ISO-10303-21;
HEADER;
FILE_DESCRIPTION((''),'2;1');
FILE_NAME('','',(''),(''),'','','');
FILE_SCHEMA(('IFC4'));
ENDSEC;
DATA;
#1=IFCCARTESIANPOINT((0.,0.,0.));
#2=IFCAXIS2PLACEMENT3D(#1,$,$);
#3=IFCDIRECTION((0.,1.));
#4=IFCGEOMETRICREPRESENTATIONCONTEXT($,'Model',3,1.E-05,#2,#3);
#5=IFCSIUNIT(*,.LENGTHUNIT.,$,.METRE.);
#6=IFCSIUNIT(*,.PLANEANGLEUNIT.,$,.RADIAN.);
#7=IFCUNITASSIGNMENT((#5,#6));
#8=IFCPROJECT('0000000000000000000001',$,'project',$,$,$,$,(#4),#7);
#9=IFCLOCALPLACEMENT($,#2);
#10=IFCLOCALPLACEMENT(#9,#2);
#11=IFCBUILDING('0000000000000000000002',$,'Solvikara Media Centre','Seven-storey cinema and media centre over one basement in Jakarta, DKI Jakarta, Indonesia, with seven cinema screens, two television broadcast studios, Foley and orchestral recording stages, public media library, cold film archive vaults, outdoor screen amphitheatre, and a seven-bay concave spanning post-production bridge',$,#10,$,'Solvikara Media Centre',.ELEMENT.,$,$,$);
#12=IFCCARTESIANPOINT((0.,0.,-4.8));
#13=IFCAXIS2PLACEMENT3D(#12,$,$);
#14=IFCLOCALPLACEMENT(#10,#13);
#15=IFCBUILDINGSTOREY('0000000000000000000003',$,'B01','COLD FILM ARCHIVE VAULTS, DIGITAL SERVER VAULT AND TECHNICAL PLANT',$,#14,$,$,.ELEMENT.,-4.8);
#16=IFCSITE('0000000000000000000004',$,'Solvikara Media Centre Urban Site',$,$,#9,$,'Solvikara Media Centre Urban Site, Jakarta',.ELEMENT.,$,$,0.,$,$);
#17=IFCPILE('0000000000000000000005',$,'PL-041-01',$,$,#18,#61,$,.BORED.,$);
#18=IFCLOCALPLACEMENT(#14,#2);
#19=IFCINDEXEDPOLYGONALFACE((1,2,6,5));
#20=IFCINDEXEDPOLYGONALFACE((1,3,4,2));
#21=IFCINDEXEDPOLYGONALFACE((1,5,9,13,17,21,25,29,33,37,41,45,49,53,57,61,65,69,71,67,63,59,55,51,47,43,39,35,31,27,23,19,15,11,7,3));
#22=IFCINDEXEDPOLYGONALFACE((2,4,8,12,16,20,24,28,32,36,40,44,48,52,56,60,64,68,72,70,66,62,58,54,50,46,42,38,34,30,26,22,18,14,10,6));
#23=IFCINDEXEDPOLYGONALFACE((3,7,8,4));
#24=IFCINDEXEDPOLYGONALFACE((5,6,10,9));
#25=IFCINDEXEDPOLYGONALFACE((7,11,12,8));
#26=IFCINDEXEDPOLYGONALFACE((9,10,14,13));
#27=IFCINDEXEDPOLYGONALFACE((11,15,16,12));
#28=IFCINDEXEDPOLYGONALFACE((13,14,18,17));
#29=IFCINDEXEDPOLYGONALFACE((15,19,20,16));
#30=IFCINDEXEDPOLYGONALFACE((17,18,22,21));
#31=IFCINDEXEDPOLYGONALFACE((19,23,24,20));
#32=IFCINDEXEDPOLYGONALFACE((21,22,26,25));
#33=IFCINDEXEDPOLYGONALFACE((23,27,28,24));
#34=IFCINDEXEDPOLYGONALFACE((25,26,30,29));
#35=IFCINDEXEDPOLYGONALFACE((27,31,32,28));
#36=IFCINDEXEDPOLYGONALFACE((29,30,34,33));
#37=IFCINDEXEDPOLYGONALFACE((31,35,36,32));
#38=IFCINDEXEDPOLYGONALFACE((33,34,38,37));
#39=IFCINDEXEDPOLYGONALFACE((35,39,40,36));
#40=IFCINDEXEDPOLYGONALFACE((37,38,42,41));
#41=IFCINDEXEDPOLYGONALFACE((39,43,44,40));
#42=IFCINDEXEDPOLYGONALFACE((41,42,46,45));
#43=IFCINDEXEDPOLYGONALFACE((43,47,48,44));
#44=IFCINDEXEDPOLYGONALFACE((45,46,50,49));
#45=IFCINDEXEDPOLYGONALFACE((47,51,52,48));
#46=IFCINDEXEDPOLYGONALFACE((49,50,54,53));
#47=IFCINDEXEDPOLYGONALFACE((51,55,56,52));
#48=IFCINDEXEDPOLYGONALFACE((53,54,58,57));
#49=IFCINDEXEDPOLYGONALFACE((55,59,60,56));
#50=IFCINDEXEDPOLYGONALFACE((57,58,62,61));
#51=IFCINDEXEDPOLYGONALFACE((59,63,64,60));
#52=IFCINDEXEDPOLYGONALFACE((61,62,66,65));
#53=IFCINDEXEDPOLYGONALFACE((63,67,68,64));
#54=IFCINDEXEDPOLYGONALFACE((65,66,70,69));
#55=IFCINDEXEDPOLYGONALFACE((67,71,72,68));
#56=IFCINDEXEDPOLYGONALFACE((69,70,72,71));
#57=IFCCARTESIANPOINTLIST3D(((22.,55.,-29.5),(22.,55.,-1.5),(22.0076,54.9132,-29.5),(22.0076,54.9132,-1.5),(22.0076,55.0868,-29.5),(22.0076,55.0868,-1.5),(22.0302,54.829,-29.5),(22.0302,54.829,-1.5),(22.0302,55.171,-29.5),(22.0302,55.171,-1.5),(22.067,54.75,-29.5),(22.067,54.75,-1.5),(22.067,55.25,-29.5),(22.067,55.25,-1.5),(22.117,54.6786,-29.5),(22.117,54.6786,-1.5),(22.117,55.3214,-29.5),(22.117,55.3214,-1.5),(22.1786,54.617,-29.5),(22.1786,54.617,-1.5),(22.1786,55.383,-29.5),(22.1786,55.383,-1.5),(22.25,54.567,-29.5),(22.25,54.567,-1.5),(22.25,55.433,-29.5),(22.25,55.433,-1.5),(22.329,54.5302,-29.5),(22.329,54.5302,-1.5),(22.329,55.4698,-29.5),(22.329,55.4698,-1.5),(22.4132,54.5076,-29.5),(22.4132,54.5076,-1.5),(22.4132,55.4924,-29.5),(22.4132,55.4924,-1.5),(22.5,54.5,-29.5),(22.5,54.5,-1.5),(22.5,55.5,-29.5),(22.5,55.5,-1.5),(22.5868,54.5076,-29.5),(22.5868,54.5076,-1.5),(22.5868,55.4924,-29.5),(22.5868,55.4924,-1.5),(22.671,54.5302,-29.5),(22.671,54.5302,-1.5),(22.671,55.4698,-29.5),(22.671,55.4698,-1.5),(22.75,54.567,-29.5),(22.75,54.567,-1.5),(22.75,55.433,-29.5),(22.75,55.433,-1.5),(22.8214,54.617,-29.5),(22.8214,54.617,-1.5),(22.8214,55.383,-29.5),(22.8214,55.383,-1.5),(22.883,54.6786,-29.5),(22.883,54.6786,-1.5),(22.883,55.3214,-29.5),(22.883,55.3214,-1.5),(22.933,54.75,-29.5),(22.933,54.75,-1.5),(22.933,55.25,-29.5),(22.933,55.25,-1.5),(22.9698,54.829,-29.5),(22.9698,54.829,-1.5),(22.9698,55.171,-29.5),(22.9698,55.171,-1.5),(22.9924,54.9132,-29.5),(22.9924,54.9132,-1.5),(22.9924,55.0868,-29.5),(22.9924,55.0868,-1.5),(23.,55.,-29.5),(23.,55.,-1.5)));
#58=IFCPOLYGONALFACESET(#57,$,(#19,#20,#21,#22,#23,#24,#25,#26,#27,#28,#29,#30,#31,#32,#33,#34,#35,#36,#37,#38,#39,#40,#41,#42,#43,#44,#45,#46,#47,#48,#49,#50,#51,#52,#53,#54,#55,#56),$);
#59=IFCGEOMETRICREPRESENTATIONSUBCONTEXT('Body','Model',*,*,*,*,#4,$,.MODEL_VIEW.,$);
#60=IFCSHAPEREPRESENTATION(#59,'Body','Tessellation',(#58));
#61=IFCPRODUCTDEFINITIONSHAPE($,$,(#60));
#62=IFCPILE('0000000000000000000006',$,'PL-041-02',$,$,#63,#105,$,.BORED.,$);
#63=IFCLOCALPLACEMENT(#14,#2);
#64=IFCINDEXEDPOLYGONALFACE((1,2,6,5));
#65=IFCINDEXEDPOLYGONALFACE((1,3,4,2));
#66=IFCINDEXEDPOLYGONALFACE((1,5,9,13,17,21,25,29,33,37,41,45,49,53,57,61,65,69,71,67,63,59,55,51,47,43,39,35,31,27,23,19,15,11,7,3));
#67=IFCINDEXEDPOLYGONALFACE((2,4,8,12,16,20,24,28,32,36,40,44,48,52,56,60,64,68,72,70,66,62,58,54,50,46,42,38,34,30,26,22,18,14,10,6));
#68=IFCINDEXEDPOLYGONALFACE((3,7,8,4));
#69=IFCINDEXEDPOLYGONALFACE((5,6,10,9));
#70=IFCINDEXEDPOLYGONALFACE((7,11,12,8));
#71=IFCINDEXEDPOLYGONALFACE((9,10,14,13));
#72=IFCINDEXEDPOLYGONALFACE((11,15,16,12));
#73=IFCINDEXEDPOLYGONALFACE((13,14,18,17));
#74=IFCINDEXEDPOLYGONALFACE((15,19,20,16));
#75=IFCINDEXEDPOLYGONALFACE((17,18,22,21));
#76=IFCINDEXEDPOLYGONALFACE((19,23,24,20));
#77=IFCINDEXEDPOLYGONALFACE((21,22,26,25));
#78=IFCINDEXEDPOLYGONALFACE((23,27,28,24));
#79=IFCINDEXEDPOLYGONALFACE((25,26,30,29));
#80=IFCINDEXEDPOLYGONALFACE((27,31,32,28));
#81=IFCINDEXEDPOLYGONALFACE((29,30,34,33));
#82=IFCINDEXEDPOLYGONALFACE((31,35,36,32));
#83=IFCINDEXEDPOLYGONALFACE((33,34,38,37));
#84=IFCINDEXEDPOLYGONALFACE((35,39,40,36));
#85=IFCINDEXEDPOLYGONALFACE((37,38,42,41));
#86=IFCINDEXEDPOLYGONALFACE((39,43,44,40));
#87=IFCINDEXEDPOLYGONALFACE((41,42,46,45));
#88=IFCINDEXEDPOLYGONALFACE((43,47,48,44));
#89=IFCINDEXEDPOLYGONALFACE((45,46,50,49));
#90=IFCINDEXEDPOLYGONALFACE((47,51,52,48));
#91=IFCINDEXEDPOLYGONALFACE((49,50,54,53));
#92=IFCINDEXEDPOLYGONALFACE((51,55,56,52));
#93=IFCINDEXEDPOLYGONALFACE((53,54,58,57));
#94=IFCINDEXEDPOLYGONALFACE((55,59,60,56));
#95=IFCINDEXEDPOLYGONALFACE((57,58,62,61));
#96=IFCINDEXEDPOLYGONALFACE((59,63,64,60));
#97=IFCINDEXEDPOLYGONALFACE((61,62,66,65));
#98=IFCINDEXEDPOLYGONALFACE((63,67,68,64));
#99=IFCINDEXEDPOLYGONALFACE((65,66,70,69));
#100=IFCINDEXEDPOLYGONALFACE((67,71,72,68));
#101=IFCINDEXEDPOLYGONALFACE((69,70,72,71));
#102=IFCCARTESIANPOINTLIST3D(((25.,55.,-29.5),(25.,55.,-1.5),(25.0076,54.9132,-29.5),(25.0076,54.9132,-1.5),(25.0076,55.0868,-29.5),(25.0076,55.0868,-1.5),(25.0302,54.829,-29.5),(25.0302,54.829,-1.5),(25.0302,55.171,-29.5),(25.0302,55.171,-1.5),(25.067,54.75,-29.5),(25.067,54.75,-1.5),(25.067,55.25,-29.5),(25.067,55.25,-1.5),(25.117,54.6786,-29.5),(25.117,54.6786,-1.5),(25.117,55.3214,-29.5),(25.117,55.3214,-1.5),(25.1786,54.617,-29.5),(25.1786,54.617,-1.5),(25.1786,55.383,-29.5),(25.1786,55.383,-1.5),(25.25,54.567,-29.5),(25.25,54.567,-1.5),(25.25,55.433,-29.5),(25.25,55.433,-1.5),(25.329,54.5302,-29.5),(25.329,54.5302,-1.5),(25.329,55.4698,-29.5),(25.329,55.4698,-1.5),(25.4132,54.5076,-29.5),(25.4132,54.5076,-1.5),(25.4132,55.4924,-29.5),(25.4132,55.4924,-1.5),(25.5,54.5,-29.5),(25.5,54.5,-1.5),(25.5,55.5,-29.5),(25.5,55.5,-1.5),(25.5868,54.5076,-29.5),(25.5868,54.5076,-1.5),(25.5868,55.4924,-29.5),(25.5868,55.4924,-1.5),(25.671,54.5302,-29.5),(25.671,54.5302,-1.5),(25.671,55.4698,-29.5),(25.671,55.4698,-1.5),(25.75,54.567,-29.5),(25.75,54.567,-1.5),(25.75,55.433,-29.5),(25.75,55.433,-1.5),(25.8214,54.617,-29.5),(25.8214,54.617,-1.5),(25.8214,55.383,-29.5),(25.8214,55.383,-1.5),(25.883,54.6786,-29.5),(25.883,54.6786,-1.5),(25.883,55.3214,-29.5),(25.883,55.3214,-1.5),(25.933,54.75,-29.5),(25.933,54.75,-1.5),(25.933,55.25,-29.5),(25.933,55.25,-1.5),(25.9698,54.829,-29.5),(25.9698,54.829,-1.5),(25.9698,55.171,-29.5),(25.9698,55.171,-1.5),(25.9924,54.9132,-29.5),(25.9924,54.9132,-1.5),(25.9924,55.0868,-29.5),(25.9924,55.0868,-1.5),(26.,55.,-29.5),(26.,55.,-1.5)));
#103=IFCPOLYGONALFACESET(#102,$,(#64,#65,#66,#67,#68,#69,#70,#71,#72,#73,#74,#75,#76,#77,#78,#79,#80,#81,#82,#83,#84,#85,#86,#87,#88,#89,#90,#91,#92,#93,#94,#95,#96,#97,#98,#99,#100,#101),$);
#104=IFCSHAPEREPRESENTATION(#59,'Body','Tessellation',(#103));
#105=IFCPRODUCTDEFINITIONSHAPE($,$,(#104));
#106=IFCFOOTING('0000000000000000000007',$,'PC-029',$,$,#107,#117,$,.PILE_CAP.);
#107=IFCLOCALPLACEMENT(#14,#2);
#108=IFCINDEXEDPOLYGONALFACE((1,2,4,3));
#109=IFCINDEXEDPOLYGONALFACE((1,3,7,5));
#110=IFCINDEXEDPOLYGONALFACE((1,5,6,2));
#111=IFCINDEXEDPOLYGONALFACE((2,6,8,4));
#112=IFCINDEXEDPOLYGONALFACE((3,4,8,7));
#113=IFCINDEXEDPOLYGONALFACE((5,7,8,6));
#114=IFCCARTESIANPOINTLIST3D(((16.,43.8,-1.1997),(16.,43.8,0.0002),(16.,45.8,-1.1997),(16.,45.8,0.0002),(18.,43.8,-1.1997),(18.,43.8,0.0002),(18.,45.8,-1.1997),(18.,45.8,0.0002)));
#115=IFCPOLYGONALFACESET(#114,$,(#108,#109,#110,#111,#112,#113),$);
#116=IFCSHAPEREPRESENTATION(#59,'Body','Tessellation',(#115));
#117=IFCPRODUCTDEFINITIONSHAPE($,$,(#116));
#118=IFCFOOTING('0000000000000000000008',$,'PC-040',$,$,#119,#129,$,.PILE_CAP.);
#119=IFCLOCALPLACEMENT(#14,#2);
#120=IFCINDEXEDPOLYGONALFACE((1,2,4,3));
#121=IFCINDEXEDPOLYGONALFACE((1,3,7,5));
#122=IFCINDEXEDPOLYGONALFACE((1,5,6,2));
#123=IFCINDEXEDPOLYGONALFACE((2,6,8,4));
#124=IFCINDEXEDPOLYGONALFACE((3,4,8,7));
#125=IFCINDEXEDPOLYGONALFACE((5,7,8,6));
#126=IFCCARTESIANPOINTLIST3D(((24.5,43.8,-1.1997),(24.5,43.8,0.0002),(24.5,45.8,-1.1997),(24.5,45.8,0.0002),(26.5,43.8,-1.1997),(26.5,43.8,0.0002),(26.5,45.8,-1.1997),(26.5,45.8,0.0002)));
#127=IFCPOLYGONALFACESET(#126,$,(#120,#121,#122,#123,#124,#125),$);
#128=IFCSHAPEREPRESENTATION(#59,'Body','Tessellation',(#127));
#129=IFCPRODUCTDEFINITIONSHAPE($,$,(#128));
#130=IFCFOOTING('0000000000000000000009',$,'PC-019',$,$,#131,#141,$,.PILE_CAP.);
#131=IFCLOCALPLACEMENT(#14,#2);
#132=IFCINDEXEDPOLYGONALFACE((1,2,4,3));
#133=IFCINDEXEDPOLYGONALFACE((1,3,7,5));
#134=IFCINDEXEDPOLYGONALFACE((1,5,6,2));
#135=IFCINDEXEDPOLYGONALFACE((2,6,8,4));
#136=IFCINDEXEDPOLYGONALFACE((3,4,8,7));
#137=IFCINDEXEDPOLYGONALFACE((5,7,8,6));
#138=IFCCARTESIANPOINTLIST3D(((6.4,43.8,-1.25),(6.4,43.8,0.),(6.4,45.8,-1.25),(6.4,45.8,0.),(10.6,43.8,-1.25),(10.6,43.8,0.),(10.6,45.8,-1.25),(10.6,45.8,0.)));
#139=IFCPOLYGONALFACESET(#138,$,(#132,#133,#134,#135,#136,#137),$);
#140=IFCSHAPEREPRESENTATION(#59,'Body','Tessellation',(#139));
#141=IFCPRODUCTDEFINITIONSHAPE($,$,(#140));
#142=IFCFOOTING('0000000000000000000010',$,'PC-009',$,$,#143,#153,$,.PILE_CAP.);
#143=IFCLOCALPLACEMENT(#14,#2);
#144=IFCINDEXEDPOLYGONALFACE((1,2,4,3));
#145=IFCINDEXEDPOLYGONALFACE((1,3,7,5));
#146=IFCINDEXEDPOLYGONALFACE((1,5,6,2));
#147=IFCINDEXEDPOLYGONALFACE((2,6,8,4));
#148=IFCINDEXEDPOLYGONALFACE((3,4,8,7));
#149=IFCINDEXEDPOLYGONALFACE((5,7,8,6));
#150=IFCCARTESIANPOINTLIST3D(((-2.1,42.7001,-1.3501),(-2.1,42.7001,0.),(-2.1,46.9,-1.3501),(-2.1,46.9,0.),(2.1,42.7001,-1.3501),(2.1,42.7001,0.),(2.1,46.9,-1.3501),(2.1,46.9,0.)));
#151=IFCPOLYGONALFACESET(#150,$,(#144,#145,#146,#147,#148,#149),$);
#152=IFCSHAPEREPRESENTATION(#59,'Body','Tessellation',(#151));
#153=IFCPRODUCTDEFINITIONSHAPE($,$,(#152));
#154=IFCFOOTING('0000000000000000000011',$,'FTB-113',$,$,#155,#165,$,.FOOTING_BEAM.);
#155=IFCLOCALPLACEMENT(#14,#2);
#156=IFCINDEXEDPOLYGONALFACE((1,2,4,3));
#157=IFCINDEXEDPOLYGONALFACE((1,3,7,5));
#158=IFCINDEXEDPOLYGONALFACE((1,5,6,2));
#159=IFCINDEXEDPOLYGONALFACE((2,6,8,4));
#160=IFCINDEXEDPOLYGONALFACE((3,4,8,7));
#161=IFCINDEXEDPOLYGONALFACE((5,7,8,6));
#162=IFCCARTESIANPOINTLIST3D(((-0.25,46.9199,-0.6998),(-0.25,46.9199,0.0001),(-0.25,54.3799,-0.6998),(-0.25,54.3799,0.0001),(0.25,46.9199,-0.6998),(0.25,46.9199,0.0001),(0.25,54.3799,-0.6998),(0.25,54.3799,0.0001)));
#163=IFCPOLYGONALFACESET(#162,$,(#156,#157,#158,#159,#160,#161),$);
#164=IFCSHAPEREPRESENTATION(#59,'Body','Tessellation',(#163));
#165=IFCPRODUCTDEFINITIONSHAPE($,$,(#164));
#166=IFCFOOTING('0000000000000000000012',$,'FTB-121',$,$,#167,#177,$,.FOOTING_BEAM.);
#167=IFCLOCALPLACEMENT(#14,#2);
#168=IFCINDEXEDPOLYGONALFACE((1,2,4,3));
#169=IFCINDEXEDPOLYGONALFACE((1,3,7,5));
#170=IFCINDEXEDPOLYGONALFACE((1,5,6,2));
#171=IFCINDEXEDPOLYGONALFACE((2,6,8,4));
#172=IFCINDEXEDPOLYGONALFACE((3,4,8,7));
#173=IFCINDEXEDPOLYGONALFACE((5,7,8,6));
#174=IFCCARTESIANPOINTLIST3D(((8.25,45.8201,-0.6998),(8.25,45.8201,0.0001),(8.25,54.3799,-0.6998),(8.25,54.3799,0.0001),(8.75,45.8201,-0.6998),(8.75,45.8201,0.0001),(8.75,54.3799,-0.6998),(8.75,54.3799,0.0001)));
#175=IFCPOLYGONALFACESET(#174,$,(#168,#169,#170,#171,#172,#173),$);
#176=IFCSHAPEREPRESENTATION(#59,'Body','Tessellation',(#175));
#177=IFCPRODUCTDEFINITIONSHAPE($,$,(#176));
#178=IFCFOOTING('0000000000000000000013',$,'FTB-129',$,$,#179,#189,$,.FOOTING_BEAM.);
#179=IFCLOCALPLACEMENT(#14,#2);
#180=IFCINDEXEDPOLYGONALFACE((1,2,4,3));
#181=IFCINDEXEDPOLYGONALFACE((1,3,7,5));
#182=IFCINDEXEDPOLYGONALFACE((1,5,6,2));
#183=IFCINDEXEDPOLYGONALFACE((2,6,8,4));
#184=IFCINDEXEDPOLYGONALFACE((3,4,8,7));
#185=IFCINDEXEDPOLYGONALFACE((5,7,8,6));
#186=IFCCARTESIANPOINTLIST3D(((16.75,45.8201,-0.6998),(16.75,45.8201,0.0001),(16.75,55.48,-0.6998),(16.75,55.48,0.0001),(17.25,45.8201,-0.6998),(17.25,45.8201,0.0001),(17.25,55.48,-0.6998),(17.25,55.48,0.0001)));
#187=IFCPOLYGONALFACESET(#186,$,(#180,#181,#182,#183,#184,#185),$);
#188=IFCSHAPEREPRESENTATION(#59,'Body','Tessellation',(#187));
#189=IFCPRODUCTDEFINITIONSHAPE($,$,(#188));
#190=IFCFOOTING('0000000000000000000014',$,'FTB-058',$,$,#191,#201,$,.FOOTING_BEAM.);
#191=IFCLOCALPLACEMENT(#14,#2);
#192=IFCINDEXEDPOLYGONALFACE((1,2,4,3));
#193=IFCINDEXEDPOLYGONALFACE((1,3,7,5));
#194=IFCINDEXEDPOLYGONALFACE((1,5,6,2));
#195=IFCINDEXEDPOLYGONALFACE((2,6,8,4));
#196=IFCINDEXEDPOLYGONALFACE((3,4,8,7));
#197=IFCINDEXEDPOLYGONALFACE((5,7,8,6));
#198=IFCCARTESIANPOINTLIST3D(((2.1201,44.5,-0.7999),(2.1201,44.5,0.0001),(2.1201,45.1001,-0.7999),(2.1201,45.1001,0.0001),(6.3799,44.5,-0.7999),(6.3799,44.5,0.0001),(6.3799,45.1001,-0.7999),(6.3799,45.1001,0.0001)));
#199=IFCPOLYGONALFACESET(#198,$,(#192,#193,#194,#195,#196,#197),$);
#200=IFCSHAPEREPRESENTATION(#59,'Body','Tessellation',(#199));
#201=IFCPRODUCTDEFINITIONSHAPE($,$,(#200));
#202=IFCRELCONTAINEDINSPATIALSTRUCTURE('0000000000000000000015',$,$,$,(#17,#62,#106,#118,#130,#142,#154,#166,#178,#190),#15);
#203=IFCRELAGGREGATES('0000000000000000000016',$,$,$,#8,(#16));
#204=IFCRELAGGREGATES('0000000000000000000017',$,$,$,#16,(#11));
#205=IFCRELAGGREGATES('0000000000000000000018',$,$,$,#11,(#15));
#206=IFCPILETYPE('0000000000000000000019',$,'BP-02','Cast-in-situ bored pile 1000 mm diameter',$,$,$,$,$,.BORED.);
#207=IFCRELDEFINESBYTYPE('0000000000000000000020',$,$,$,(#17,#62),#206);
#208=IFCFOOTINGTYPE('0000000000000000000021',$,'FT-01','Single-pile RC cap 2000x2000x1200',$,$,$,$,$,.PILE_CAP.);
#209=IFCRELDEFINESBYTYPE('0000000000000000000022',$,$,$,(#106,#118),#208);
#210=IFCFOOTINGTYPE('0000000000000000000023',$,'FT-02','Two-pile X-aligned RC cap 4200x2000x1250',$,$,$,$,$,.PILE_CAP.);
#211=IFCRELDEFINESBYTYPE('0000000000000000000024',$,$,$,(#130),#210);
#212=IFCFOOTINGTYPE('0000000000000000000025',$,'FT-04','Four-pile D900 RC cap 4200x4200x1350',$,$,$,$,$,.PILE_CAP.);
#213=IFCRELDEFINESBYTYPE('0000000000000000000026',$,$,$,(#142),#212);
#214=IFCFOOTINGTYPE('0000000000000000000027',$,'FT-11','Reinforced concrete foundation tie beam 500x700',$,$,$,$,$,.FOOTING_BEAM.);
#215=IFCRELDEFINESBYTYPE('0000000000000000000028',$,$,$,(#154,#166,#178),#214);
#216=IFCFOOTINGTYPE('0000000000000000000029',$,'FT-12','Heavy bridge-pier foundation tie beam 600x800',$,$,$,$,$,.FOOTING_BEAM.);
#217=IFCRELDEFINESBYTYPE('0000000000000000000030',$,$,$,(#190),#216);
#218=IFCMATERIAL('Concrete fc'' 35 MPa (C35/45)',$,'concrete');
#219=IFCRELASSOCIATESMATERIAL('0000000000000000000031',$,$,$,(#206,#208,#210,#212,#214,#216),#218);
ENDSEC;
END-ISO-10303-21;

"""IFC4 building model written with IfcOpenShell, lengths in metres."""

from ifc_helpers import new_model, si_unit, direction, frame, origin, origin_2d, place, context, subcontext, project, spatial, rectangle, circle, extrude, material, material_profile, profile_set, type_object, element, save


model = new_model("IFC4")

# Units and contexts
model_context = context("Model", 3, precision=1e-05, world=origin(), true_north=direction((0.0, 1.0)))
body_context = subcontext(model_context, "Body", "Model", "MODEL_VIEW")
ifc_project = project(units=[si_unit("LENGTHUNIT", "METRE"), si_unit("PLANEANGLEUNIT", "RADIAN")], contexts=[model_context])

# Site, building, storey
site_placement = place(None, origin())
site = spatial("IfcSite", under=ifc_project, at=site_placement, Name="Solvikara Media Centre Urban Site", LongName="Solvikara Media Centre Urban Site, Jakarta", CompositionType="ELEMENT", RefElevation=0.0)
building_placement = place(site_placement, origin())
building = spatial("IfcBuilding", under=site, at=building_placement, Name="Solvikara Media Centre", Description="Seven-storey cinema and media centre over one basement in Jakarta, DKI Jakarta, Indonesia, with seven cinema screens, two television broadcast studios, Foley and orchestral recording stages, public media library, cold film archive vaults, outdoor screen amphitheatre, and a seven-bay concave spanning post-production bridge", LongName="Solvikara Media Centre", CompositionType="ELEMENT")
storey_placement = place(building_placement, frame((0.0, 0.0, -4.8)))
storey = spatial("IfcBuildingStorey", under=building, at=storey_placement, Name="B01", Description="COLD FILM ARCHIVE VAULTS, DIGITAL SERVER VAULT AND TECHNICAL PLANT", CompositionType="ELEMENT", Elevation=-4.8)

# Piles
ifc_material_1 = material(Name="Concrete fc' 35 MPa (C35/45)", Category="concrete")
ifc_material_profile_1 = material_profile(ifc_material_1, circle(Radius=0.5, at=origin_2d()), Name="BORED PILE D1000")
ifc_profile_set_1 = profile_set([ifc_material_profile_1], Name="Concrete fc' 35 MPa (C35/45)")
pile_type_1 = type_object("IfcPileType", Name="BP-02", Description="Cast-in-situ bored pile 1000 mm diameter", PredefinedType="BORED", material=ifc_profile_set_1)
for number, where, z_axis, x_axis, name in (
    (1, (22.5, 55.0, -1.5), (0.0, 0.0, -1.0), (1.0, 0.0, 0.0), "PL-041-01"),
    (2, (25.5, 55.0, -1.5), (0.0, 0.0, -1.0), (1.0, 0.0, 0.0), "PL-041-02"),
):
    element("IfcPile", number, at=place(storey_placement, frame(where, z_axis=z_axis, x_axis=x_axis)), inside=storey, type_object=pile_type_1, Name=name, PredefinedType="BORED", context=body_context, shape_type="SweptSolid", body=[
        extrude(circle(Radius=0.5, at=origin_2d()), origin(), (0.0, 0.0, 1.0), 28.0),
    ])

# Footings
footing_type_1 = type_object("IfcFootingType", Name="FT-01", Description="Single-pile RC cap 2000x2000x1200", PredefinedType="PILE_CAP", material=ifc_material_1)
for number, where, z_axis, x_axis, name in (
    (3, (17.0, 44.8, -1.1997), (0.0, 0.0, 1.0), (1.0, 0.0, 0.0), "PC-029"),
    (4, (25.5, 44.8, -1.1997), (0.0, 0.0, 1.0), (1.0, 0.0, 0.0), "PC-040"),
):
    element("IfcFooting", number, at=place(storey_placement, frame(where, z_axis=z_axis, x_axis=x_axis)), inside=storey, type_object=footing_type_1, Name=name, PredefinedType="PILE_CAP", context=body_context, shape_type="SweptSolid", body=[
        extrude(rectangle(XDim=2.0, YDim=2.0, at=origin_2d()), origin(), (0.0, 0.0, 1.0), 1.2),
    ])
footing_type_2 = type_object("IfcFootingType", Name="FT-02", Description="Two-pile X-aligned RC cap 4200x2000x1250", PredefinedType="PILE_CAP", material=ifc_material_1)
footing_1_placement = place(storey_placement, frame((8.5, 44.8, -1.25), z_axis=(0.0, 0.0, 1.0), x_axis=(1.0, 0.0, 0.0)))
element("IfcFooting", 5, at=footing_1_placement, inside=storey, type_object=footing_type_2, Name="PC-019", PredefinedType="PILE_CAP", context=body_context, shape_type="SweptSolid", body=[
    extrude(rectangle(XDim=4.2, YDim=2.0, at=origin_2d()), origin(), (0.0, 0.0, 1.0), 1.25),
])
footing_type_3 = type_object("IfcFootingType", Name="FT-04", Description="Four-pile D900 RC cap 4200x4200x1350", PredefinedType="PILE_CAP", material=ifc_material_1)
footing_2_placement = place(storey_placement, frame((0.0, 44.8, -1.3501), z_axis=(0.0, 0.0, 1.0), x_axis=(1.0, 0.0, 0.0)))
element("IfcFooting", 6, at=footing_2_placement, inside=storey, type_object=footing_type_3, Name="PC-009", PredefinedType="PILE_CAP", context=body_context, shape_type="SweptSolid", body=[
    extrude(rectangle(XDim=4.2, YDim=4.2, at=origin_2d()), origin(), (0.0, 0.0, 1.0), 1.3501),
])
ifc_material_profile_2 = material_profile(ifc_material_1, rectangle(XDim=0.5, YDim=0.7, at=origin_2d()), Name="RC 500x700")
ifc_profile_set_2 = profile_set([ifc_material_profile_2], Name="Concrete fc' 35 MPa (C35/45)")
footing_type_4 = type_object("IfcFootingType", Name="FT-11", Description="Reinforced concrete foundation tie beam 500x700", PredefinedType="FOOTING_BEAM", material=ifc_profile_set_2)
footing_3_placement = place(storey_placement, frame((0.0, 46.9199, -0.3499), z_axis=(0.0, 1.0, 0.0), x_axis=(-1.0, 0.0, 0.0)))
element("IfcFooting", 7, at=footing_3_placement, inside=storey, type_object=footing_type_4, Name="FTB-113", PredefinedType="FOOTING_BEAM", context=body_context, shape_type="SweptSolid", body=[
    extrude(rectangle(XDim=0.5, YDim=0.7, at=origin_2d()), origin(), (0.0, 0.0, 1.0), 7.46),
])
footing_4_placement = place(storey_placement, frame((8.5, 45.8201, -0.3499), z_axis=(0.0, 1.0, 0.0), x_axis=(-1.0, 0.0, 0.0)))
element("IfcFooting", 8, at=footing_4_placement, inside=storey, type_object=footing_type_4, Name="FTB-121", PredefinedType="FOOTING_BEAM", context=body_context, shape_type="SweptSolid", body=[
    extrude(rectangle(XDim=0.5, YDim=0.7, at=origin_2d()), origin(), (0.0, 0.0, 1.0), 8.5598),
])
footing_5_placement = place(storey_placement, frame((17.0, 45.8201, -0.3499), z_axis=(0.0, 1.0, 0.0), x_axis=(-1.0, 0.0, 0.0)))
element("IfcFooting", 9, at=footing_5_placement, inside=storey, type_object=footing_type_4, Name="FTB-129", PredefinedType="FOOTING_BEAM", context=body_context, shape_type="SweptSolid", body=[
    extrude(rectangle(XDim=0.5, YDim=0.7, at=origin_2d()), origin(), (0.0, 0.0, 1.0), 9.6599),
])
ifc_material_profile_3 = material_profile(ifc_material_1, rectangle(XDim=0.6001, YDim=0.8, at=origin_2d()), Name="RC 600x800")
ifc_profile_set_3 = profile_set([ifc_material_profile_3], Name="Concrete fc' 35 MPa (C35/45)")
footing_type_5 = type_object("IfcFootingType", Name="FT-12", Description="Heavy bridge-pier foundation tie beam 600x800", PredefinedType="FOOTING_BEAM", material=ifc_profile_set_3)
footing_6_placement = place(storey_placement, frame((2.1201, 44.8, -0.3999), z_axis=(1.0, 0.0, 0.0), x_axis=(0.0, 1.0, 0.0)))
element("IfcFooting", 10, at=footing_6_placement, inside=storey, type_object=footing_type_5, Name="FTB-058", PredefinedType="FOOTING_BEAM", context=body_context, shape_type="SweptSolid", body=[
    extrude(rectangle(XDim=0.6001, YDim=0.8, at=origin_2d()), origin(), (0.0, 0.0, 1.0), 4.2598),
])

save(model, "model.ifc")
